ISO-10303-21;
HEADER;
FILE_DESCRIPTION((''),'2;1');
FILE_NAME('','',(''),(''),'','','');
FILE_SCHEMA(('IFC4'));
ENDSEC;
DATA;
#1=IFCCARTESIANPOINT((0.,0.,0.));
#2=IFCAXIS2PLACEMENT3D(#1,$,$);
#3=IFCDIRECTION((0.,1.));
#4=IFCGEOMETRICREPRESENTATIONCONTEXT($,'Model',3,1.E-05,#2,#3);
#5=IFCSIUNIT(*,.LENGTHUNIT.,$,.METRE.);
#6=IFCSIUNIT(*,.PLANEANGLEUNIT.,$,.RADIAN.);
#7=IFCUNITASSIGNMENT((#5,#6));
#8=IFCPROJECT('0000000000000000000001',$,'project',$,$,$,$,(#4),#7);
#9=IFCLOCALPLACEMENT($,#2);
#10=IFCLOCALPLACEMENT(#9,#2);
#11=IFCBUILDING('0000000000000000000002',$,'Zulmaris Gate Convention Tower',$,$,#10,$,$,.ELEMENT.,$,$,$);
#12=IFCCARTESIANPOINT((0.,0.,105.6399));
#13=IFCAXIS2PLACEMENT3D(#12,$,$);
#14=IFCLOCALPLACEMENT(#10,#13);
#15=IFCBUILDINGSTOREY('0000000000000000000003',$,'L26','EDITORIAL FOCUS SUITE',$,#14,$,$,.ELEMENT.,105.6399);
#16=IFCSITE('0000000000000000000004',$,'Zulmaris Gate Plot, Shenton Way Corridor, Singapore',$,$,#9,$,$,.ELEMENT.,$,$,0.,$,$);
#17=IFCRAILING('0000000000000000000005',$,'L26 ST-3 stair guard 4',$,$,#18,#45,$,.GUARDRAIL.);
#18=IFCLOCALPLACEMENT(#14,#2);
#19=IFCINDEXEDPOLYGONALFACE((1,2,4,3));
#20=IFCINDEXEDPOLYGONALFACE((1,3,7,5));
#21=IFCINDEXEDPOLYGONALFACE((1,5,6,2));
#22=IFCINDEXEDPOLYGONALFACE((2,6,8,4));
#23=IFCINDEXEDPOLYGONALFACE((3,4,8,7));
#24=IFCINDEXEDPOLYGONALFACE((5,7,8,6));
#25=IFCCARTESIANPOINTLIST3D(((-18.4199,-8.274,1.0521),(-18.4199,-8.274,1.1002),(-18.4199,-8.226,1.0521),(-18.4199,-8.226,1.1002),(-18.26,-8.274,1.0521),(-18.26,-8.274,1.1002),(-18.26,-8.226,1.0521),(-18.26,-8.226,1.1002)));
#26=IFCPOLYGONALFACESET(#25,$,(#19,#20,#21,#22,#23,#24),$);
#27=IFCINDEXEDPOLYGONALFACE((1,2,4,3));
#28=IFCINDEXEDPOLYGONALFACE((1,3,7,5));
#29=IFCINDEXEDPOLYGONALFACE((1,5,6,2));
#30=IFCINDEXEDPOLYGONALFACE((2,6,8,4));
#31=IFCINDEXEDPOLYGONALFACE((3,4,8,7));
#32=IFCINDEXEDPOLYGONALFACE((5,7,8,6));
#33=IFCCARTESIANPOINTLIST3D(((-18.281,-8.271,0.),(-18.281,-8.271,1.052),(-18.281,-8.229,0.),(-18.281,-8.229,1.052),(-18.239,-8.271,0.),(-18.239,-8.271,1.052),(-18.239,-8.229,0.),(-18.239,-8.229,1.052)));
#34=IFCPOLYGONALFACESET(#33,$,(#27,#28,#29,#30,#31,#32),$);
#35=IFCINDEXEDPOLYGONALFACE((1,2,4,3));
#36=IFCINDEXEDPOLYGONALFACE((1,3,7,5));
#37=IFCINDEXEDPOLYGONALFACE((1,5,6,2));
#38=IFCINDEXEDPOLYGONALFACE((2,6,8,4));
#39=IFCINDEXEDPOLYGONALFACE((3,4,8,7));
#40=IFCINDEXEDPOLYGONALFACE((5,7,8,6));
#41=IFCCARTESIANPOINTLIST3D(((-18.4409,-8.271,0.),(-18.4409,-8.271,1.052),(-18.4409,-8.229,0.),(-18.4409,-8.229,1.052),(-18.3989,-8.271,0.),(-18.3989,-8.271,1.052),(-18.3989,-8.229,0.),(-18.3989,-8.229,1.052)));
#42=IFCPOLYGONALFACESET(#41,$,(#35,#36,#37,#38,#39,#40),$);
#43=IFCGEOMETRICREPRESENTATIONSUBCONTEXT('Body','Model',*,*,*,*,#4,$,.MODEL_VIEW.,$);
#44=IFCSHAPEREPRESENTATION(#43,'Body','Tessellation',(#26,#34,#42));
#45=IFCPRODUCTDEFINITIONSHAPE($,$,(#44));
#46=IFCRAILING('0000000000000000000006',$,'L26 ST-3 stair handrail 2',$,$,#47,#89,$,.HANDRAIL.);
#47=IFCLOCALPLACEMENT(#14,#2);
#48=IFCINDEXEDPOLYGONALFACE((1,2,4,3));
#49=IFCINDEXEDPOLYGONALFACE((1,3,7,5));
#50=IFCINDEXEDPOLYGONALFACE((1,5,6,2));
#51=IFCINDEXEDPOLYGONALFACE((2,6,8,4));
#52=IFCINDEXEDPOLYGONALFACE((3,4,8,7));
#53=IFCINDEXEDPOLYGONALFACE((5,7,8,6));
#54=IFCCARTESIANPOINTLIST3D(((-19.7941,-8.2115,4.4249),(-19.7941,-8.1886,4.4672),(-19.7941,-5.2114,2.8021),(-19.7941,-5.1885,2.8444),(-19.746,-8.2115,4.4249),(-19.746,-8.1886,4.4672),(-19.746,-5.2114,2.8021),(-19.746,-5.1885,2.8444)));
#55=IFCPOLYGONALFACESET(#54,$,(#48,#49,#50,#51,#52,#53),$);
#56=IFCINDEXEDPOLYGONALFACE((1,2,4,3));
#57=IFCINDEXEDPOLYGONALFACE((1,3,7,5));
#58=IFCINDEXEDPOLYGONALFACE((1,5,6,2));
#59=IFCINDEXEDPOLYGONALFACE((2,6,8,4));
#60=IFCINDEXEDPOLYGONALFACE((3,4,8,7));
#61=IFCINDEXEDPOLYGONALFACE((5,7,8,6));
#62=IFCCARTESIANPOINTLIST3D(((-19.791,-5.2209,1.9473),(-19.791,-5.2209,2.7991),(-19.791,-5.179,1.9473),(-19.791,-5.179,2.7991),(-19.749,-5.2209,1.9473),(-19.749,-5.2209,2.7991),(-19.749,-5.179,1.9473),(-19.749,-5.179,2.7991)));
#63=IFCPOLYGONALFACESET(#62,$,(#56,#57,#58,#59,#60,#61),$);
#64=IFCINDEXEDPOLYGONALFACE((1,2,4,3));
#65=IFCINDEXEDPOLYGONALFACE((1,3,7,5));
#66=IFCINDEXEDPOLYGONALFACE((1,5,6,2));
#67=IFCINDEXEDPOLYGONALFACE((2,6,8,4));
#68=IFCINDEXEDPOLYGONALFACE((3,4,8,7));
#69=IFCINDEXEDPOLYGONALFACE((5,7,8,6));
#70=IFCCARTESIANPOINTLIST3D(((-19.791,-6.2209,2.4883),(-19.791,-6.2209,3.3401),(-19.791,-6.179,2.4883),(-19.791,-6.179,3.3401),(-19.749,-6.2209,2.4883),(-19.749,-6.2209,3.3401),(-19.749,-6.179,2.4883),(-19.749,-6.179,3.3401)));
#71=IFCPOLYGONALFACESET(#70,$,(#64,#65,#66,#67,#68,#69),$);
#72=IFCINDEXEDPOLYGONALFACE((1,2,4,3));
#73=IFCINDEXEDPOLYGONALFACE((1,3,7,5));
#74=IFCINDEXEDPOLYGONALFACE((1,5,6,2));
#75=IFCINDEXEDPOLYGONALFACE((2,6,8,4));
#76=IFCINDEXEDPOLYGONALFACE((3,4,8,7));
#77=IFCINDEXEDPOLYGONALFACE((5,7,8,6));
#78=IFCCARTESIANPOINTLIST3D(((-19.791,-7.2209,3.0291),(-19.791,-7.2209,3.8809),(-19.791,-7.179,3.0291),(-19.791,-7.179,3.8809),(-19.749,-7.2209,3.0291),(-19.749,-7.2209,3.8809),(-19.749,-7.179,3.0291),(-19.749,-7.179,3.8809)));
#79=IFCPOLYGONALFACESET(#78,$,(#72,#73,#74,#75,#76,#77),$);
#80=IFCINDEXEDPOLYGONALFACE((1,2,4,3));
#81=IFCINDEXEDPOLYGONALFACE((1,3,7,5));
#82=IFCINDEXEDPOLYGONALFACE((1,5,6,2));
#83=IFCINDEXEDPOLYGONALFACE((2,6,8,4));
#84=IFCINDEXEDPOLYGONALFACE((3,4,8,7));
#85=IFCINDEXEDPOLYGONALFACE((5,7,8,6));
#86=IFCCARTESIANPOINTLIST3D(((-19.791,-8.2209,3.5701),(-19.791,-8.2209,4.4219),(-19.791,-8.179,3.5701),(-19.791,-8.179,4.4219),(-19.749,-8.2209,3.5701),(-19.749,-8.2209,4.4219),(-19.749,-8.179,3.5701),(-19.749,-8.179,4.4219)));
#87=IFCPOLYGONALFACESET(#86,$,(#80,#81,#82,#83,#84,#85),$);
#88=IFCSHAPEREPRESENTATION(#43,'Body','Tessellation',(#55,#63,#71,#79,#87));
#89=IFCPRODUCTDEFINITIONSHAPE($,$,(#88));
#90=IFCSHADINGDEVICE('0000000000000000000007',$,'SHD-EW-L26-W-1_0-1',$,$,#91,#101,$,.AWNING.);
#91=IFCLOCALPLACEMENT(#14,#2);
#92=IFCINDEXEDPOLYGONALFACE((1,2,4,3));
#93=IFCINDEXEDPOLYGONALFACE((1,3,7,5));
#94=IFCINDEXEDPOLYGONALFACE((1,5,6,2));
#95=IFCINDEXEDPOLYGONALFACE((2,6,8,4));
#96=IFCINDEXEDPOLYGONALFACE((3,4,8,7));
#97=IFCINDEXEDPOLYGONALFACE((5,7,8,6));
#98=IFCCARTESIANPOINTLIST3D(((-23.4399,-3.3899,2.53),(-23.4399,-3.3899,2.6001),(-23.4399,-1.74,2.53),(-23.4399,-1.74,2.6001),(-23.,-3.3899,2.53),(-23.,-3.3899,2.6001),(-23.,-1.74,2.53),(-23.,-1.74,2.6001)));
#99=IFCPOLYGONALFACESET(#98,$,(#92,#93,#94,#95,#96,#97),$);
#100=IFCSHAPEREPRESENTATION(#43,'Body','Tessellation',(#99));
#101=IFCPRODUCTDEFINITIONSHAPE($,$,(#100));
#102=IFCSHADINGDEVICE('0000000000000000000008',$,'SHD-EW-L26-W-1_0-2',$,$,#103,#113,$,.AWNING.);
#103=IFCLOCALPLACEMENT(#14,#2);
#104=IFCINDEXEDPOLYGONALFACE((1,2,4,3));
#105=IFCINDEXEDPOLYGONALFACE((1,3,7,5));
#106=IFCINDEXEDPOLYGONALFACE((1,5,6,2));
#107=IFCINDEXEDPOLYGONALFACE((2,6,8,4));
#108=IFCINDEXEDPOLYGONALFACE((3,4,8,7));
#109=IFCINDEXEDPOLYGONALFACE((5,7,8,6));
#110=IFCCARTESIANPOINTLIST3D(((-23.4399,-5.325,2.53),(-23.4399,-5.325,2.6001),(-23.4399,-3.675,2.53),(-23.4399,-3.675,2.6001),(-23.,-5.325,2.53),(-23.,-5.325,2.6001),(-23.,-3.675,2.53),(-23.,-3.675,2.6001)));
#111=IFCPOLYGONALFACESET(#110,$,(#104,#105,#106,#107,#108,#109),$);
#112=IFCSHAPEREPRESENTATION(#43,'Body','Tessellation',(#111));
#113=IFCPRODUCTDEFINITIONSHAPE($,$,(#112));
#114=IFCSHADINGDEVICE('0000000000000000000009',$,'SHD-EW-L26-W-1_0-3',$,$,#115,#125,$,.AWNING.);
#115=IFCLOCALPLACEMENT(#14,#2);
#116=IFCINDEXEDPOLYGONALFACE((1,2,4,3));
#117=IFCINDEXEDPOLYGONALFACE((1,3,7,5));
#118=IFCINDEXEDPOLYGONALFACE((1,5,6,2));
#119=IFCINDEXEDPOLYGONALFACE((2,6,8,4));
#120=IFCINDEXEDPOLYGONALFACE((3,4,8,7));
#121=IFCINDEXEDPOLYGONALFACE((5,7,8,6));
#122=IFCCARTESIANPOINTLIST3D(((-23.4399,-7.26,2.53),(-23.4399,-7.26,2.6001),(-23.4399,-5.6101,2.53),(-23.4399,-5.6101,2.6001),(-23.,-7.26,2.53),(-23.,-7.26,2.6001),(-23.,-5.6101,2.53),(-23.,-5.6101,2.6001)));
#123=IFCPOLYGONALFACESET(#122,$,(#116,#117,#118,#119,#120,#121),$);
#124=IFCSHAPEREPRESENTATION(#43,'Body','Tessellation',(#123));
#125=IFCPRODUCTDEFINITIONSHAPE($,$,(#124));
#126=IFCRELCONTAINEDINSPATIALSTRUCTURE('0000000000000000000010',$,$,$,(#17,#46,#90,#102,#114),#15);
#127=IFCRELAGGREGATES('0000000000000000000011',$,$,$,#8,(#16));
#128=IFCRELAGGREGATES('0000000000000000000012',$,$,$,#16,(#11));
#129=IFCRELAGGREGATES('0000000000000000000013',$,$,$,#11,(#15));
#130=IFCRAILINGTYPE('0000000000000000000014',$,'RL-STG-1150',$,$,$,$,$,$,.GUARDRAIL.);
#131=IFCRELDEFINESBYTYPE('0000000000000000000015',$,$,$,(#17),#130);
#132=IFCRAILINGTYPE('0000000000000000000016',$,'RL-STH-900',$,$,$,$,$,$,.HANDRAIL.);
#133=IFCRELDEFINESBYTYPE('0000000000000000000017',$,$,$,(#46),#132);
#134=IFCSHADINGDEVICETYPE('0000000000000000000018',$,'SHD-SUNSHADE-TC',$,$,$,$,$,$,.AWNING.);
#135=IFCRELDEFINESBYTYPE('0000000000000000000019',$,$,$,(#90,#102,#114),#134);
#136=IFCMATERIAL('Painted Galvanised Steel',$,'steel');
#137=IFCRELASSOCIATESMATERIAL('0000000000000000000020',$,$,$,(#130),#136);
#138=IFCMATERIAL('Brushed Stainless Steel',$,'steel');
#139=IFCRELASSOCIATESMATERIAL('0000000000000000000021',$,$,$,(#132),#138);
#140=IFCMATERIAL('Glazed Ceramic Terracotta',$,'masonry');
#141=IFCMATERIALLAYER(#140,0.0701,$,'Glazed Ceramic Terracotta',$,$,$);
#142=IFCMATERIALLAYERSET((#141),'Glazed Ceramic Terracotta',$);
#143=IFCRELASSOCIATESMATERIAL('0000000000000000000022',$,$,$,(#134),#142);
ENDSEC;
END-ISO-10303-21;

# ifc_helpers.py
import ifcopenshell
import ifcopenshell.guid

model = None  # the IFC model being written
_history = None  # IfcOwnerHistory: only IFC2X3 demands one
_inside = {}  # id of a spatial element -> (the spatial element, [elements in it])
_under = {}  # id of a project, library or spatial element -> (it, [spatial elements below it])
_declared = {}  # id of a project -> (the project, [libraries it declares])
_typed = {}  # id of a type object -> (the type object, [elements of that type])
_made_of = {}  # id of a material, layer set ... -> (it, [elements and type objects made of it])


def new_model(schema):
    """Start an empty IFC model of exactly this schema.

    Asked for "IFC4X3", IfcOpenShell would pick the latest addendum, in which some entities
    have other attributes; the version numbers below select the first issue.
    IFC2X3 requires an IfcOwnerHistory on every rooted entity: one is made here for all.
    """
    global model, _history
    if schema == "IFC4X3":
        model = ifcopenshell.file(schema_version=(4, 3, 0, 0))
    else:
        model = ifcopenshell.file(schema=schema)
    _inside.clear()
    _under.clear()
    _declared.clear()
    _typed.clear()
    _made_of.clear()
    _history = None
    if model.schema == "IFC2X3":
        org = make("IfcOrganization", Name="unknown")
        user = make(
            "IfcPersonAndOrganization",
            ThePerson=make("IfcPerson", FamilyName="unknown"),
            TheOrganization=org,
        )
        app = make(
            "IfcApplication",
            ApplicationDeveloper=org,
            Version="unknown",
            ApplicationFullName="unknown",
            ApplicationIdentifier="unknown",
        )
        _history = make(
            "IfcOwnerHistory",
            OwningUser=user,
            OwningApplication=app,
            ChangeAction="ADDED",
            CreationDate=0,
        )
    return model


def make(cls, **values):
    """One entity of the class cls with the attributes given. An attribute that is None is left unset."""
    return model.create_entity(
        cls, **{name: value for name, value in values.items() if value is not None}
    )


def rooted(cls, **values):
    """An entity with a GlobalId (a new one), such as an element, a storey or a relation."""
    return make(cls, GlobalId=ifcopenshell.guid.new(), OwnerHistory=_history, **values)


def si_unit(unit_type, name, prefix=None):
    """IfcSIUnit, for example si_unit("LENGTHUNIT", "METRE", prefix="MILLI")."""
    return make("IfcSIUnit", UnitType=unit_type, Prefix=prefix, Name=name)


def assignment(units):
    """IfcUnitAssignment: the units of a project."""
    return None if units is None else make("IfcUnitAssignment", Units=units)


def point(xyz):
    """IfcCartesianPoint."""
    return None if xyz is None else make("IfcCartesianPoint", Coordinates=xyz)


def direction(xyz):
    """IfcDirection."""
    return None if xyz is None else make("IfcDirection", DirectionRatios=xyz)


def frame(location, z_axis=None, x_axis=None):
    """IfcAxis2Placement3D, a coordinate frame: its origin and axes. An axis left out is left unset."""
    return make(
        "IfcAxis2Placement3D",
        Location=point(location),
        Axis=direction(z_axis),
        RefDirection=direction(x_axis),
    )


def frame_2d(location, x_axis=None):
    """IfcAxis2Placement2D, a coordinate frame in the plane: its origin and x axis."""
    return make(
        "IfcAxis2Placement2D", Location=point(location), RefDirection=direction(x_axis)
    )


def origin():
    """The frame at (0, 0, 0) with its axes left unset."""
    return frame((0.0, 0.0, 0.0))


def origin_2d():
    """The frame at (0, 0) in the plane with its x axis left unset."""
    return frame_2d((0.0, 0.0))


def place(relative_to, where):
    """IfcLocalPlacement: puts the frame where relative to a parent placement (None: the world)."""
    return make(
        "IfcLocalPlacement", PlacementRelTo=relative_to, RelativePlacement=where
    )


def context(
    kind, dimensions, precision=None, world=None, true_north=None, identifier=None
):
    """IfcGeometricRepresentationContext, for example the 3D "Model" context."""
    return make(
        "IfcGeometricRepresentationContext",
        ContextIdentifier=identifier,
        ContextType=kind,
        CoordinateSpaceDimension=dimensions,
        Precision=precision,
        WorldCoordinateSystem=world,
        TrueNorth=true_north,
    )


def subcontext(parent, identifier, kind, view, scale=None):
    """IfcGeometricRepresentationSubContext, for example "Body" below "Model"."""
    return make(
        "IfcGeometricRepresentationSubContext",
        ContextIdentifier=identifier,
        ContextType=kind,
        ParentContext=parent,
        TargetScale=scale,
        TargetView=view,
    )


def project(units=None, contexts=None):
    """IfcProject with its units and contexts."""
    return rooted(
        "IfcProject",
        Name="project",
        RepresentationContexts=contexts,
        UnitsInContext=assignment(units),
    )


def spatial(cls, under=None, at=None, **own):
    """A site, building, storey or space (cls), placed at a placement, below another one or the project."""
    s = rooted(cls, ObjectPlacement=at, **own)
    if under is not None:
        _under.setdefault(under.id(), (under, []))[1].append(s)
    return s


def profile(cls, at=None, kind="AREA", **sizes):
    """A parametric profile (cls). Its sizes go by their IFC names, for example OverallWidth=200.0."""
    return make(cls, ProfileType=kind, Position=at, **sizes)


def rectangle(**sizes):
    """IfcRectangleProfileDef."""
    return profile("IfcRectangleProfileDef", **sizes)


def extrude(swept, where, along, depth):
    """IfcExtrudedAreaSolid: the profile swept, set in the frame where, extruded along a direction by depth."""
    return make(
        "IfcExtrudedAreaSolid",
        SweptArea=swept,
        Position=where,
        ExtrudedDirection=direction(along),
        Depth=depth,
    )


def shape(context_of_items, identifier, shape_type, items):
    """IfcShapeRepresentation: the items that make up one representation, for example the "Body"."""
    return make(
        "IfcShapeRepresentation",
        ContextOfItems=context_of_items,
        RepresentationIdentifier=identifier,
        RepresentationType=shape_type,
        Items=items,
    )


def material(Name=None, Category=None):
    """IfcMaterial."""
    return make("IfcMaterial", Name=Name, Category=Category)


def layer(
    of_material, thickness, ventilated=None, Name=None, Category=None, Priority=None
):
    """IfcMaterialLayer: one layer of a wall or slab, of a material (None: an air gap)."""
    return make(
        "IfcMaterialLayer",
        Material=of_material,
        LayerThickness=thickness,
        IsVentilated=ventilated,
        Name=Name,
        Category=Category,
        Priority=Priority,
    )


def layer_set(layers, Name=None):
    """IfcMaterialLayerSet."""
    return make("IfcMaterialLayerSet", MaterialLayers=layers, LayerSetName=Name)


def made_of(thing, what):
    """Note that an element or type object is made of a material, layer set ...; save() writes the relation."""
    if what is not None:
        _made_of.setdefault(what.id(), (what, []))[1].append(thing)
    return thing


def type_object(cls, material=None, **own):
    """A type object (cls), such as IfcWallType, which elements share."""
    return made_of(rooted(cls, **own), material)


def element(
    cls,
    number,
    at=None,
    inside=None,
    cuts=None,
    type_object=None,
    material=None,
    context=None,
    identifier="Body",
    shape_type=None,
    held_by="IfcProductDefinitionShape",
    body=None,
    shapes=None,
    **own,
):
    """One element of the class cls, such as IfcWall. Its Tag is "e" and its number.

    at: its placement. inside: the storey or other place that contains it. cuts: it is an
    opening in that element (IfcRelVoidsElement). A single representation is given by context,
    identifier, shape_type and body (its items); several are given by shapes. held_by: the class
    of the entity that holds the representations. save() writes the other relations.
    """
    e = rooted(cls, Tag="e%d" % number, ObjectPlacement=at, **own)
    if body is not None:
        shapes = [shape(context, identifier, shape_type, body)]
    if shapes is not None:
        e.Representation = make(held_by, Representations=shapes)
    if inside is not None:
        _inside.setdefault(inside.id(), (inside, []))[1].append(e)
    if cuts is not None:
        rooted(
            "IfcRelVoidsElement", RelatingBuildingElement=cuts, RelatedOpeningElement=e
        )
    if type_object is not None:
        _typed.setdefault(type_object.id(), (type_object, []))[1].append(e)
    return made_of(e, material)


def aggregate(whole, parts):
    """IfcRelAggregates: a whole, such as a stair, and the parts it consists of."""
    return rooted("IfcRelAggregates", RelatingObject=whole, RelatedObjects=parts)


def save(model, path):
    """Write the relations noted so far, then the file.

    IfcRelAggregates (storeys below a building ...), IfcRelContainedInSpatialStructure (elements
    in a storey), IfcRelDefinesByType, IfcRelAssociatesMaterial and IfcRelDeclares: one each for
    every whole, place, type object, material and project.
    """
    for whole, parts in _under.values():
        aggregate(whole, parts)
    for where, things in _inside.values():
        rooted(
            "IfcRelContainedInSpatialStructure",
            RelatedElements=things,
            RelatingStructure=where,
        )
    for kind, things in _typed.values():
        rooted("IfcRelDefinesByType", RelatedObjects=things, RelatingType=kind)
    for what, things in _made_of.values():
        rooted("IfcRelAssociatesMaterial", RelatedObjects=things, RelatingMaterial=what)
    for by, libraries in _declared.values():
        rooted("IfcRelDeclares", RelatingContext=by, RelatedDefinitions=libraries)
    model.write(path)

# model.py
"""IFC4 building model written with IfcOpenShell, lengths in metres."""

from ifc_helpers import new_model, si_unit, direction, frame, frame_2d, origin, origin_2d, place, context, subcontext, project, spatial, rectangle, extrude, material, layer, layer_set, type_object, element, save


model = new_model("IFC4")

# Units and contexts
model_context = context("Model", 3, precision=1e-05, world=origin(), true_north=direction((0.0, 1.0)))
body_context = subcontext(model_context, "Body", "Model", "MODEL_VIEW")
ifc_project = project(units=[si_unit("LENGTHUNIT", "METRE"), si_unit("PLANEANGLEUNIT", "RADIAN")], contexts=[model_context])

# Site, building, storey
site_placement = place(None, origin())
site = spatial("IfcSite", under=ifc_project, at=site_placement, Name="Zulmaris Gate Plot, Shenton Way Corridor, Singapore", CompositionType="ELEMENT", RefElevation=0.0)
building_placement = place(site_placement, origin())
building = spatial("IfcBuilding", under=site, at=building_placement, Name="Zulmaris Gate Convention Tower", CompositionType="ELEMENT")
storey_placement = place(building_placement, frame((0.0, 0.0, 105.6399)))
storey = spatial("IfcBuildingStorey", under=building, at=storey_placement, Name="L26", Description="EDITORIAL FOCUS SUITE", CompositionType="ELEMENT", Elevation=105.6399)

# Railings
ifc_material_1 = material(Name="Painted Galvanised Steel", Category="steel")
railing_type_1 = type_object("IfcRailingType", Name="RL-STG-1150", PredefinedType="GUARDRAIL", material=ifc_material_1)
railing_1_placement = place(storey_placement, frame((-18.26, -8.25, 0.0)))
element("IfcRailing", 1, at=railing_1_placement, inside=storey, type_object=railing_type_1, Name="L26 ST-3 stair guard 4", PredefinedType="GUARDRAIL", context=body_context, shape_type="SweptSolid", body=[
    extrude(rectangle(XDim=0.0481, YDim=0.0481, at=origin_2d()), frame((0.0, 0.0, 1.0762), z_axis=(-1.0, 0.0, 0.0), x_axis=(0.0, -1.0, 0.0)), (0.0, 0.0, 1.0), 0.1599),
    extrude(rectangle(XDim=0.042, YDim=0.042, at=origin_2d()), origin(), (0.0, 0.0, 1.0), 1.052),
    extrude(rectangle(XDim=0.042, YDim=0.042, at=origin_2d()), frame((-0.1599, 0.0, 0.0)), (0.0, 0.0, 1.0), 1.052),
])
ifc_material_2 = material(Name="Brushed Stainless Steel", Category="steel")
railing_type_2 = type_object("IfcRailingType", Name="RL-STH-900", PredefinedType="HANDRAIL", material=ifc_material_2)
railing_2_placement = place(storey_placement, frame((-19.77, -5.2, 1.9473)))
element("IfcRailing", 2, at=railing_2_placement, inside=storey, type_object=railing_type_2, Name="L26 ST-3 stair handrail 2", PredefinedType="HANDRAIL", context=body_context, shape_type="SweptSolid", body=[
    extrude(rectangle(XDim=0.0481, YDim=0.0481, at=origin_2d()), frame((0.0, 0.0, 0.876), z_axis=(0.0, -0.879562, 0.475785), x_axis=(1.0, 0.0, 0.0)), (0.0, 0.0, 1.0), 3.4109),
    extrude(rectangle(XDim=0.042, YDim=0.042, at=origin_2d()), origin(), (0.0, 0.0, 1.0), 0.8518),
    extrude(rectangle(XDim=0.042, YDim=0.042, at=origin_2d()), frame((0.0, -1.0, 0.541)), (0.0, 0.0, 1.0), 0.8518),
    extrude(rectangle(XDim=0.042, YDim=0.042, at=origin_2d()), frame((0.0, -2.0, 1.0818)), (0.0, 0.0, 1.0), 0.8518),
    extrude(rectangle(XDim=0.042, YDim=0.042, at=origin_2d()), frame((0.0, -3.0, 1.6228)), (0.0, 0.0, 1.0), 0.8518),
])

# Shading devices
ifc_material_3 = material(Name="Glazed Ceramic Terracotta", Category="masonry")
ifc_layer_1 = layer(ifc_material_3, 0.0701, Name="Glazed Ceramic Terracotta")
ifc_layer_set_1 = layer_set([ifc_layer_1], Name="Glazed Ceramic Terracotta")
shading_device_type = type_object("IfcShadingDeviceType", Name="SHD-SUNSHADE-TC", PredefinedType="AWNING", material=ifc_layer_set_1)
for number, where, z_axis, x_axis, name in (
    (3, (-23.22, -1.74, 2.53), (0.0, 0.0, 1.0), (0.0, -1.0, 0.0), "SHD-EW-L26-W-1_0-1"),
    (4, (-23.22, -3.675, 2.53), (0.0, 0.0, 1.0), (0.0, -1.0, 0.0), "SHD-EW-L26-W-1_0-2"),
    (5, (-23.22, -5.6101, 2.53), (0.0, 0.0, 1.0), (0.0, -1.0, 0.0), "SHD-EW-L26-W-1_0-3"),
):
    element("IfcShadingDevice", number, at=place(storey_placement, frame(where, z_axis=z_axis, x_axis=x_axis)), inside=storey, type_object=shading_device_type, Name=name, PredefinedType="AWNING", context=body_context, shape_type="SweptSolid", body=[
        extrude(rectangle(XDim=1.6499, YDim=0.4399, at=frame_2d((0.825, 0.0))), origin(), (0.0, 0.0, 1.0), 0.0701),
    ])

save(model, "model.ifc")
